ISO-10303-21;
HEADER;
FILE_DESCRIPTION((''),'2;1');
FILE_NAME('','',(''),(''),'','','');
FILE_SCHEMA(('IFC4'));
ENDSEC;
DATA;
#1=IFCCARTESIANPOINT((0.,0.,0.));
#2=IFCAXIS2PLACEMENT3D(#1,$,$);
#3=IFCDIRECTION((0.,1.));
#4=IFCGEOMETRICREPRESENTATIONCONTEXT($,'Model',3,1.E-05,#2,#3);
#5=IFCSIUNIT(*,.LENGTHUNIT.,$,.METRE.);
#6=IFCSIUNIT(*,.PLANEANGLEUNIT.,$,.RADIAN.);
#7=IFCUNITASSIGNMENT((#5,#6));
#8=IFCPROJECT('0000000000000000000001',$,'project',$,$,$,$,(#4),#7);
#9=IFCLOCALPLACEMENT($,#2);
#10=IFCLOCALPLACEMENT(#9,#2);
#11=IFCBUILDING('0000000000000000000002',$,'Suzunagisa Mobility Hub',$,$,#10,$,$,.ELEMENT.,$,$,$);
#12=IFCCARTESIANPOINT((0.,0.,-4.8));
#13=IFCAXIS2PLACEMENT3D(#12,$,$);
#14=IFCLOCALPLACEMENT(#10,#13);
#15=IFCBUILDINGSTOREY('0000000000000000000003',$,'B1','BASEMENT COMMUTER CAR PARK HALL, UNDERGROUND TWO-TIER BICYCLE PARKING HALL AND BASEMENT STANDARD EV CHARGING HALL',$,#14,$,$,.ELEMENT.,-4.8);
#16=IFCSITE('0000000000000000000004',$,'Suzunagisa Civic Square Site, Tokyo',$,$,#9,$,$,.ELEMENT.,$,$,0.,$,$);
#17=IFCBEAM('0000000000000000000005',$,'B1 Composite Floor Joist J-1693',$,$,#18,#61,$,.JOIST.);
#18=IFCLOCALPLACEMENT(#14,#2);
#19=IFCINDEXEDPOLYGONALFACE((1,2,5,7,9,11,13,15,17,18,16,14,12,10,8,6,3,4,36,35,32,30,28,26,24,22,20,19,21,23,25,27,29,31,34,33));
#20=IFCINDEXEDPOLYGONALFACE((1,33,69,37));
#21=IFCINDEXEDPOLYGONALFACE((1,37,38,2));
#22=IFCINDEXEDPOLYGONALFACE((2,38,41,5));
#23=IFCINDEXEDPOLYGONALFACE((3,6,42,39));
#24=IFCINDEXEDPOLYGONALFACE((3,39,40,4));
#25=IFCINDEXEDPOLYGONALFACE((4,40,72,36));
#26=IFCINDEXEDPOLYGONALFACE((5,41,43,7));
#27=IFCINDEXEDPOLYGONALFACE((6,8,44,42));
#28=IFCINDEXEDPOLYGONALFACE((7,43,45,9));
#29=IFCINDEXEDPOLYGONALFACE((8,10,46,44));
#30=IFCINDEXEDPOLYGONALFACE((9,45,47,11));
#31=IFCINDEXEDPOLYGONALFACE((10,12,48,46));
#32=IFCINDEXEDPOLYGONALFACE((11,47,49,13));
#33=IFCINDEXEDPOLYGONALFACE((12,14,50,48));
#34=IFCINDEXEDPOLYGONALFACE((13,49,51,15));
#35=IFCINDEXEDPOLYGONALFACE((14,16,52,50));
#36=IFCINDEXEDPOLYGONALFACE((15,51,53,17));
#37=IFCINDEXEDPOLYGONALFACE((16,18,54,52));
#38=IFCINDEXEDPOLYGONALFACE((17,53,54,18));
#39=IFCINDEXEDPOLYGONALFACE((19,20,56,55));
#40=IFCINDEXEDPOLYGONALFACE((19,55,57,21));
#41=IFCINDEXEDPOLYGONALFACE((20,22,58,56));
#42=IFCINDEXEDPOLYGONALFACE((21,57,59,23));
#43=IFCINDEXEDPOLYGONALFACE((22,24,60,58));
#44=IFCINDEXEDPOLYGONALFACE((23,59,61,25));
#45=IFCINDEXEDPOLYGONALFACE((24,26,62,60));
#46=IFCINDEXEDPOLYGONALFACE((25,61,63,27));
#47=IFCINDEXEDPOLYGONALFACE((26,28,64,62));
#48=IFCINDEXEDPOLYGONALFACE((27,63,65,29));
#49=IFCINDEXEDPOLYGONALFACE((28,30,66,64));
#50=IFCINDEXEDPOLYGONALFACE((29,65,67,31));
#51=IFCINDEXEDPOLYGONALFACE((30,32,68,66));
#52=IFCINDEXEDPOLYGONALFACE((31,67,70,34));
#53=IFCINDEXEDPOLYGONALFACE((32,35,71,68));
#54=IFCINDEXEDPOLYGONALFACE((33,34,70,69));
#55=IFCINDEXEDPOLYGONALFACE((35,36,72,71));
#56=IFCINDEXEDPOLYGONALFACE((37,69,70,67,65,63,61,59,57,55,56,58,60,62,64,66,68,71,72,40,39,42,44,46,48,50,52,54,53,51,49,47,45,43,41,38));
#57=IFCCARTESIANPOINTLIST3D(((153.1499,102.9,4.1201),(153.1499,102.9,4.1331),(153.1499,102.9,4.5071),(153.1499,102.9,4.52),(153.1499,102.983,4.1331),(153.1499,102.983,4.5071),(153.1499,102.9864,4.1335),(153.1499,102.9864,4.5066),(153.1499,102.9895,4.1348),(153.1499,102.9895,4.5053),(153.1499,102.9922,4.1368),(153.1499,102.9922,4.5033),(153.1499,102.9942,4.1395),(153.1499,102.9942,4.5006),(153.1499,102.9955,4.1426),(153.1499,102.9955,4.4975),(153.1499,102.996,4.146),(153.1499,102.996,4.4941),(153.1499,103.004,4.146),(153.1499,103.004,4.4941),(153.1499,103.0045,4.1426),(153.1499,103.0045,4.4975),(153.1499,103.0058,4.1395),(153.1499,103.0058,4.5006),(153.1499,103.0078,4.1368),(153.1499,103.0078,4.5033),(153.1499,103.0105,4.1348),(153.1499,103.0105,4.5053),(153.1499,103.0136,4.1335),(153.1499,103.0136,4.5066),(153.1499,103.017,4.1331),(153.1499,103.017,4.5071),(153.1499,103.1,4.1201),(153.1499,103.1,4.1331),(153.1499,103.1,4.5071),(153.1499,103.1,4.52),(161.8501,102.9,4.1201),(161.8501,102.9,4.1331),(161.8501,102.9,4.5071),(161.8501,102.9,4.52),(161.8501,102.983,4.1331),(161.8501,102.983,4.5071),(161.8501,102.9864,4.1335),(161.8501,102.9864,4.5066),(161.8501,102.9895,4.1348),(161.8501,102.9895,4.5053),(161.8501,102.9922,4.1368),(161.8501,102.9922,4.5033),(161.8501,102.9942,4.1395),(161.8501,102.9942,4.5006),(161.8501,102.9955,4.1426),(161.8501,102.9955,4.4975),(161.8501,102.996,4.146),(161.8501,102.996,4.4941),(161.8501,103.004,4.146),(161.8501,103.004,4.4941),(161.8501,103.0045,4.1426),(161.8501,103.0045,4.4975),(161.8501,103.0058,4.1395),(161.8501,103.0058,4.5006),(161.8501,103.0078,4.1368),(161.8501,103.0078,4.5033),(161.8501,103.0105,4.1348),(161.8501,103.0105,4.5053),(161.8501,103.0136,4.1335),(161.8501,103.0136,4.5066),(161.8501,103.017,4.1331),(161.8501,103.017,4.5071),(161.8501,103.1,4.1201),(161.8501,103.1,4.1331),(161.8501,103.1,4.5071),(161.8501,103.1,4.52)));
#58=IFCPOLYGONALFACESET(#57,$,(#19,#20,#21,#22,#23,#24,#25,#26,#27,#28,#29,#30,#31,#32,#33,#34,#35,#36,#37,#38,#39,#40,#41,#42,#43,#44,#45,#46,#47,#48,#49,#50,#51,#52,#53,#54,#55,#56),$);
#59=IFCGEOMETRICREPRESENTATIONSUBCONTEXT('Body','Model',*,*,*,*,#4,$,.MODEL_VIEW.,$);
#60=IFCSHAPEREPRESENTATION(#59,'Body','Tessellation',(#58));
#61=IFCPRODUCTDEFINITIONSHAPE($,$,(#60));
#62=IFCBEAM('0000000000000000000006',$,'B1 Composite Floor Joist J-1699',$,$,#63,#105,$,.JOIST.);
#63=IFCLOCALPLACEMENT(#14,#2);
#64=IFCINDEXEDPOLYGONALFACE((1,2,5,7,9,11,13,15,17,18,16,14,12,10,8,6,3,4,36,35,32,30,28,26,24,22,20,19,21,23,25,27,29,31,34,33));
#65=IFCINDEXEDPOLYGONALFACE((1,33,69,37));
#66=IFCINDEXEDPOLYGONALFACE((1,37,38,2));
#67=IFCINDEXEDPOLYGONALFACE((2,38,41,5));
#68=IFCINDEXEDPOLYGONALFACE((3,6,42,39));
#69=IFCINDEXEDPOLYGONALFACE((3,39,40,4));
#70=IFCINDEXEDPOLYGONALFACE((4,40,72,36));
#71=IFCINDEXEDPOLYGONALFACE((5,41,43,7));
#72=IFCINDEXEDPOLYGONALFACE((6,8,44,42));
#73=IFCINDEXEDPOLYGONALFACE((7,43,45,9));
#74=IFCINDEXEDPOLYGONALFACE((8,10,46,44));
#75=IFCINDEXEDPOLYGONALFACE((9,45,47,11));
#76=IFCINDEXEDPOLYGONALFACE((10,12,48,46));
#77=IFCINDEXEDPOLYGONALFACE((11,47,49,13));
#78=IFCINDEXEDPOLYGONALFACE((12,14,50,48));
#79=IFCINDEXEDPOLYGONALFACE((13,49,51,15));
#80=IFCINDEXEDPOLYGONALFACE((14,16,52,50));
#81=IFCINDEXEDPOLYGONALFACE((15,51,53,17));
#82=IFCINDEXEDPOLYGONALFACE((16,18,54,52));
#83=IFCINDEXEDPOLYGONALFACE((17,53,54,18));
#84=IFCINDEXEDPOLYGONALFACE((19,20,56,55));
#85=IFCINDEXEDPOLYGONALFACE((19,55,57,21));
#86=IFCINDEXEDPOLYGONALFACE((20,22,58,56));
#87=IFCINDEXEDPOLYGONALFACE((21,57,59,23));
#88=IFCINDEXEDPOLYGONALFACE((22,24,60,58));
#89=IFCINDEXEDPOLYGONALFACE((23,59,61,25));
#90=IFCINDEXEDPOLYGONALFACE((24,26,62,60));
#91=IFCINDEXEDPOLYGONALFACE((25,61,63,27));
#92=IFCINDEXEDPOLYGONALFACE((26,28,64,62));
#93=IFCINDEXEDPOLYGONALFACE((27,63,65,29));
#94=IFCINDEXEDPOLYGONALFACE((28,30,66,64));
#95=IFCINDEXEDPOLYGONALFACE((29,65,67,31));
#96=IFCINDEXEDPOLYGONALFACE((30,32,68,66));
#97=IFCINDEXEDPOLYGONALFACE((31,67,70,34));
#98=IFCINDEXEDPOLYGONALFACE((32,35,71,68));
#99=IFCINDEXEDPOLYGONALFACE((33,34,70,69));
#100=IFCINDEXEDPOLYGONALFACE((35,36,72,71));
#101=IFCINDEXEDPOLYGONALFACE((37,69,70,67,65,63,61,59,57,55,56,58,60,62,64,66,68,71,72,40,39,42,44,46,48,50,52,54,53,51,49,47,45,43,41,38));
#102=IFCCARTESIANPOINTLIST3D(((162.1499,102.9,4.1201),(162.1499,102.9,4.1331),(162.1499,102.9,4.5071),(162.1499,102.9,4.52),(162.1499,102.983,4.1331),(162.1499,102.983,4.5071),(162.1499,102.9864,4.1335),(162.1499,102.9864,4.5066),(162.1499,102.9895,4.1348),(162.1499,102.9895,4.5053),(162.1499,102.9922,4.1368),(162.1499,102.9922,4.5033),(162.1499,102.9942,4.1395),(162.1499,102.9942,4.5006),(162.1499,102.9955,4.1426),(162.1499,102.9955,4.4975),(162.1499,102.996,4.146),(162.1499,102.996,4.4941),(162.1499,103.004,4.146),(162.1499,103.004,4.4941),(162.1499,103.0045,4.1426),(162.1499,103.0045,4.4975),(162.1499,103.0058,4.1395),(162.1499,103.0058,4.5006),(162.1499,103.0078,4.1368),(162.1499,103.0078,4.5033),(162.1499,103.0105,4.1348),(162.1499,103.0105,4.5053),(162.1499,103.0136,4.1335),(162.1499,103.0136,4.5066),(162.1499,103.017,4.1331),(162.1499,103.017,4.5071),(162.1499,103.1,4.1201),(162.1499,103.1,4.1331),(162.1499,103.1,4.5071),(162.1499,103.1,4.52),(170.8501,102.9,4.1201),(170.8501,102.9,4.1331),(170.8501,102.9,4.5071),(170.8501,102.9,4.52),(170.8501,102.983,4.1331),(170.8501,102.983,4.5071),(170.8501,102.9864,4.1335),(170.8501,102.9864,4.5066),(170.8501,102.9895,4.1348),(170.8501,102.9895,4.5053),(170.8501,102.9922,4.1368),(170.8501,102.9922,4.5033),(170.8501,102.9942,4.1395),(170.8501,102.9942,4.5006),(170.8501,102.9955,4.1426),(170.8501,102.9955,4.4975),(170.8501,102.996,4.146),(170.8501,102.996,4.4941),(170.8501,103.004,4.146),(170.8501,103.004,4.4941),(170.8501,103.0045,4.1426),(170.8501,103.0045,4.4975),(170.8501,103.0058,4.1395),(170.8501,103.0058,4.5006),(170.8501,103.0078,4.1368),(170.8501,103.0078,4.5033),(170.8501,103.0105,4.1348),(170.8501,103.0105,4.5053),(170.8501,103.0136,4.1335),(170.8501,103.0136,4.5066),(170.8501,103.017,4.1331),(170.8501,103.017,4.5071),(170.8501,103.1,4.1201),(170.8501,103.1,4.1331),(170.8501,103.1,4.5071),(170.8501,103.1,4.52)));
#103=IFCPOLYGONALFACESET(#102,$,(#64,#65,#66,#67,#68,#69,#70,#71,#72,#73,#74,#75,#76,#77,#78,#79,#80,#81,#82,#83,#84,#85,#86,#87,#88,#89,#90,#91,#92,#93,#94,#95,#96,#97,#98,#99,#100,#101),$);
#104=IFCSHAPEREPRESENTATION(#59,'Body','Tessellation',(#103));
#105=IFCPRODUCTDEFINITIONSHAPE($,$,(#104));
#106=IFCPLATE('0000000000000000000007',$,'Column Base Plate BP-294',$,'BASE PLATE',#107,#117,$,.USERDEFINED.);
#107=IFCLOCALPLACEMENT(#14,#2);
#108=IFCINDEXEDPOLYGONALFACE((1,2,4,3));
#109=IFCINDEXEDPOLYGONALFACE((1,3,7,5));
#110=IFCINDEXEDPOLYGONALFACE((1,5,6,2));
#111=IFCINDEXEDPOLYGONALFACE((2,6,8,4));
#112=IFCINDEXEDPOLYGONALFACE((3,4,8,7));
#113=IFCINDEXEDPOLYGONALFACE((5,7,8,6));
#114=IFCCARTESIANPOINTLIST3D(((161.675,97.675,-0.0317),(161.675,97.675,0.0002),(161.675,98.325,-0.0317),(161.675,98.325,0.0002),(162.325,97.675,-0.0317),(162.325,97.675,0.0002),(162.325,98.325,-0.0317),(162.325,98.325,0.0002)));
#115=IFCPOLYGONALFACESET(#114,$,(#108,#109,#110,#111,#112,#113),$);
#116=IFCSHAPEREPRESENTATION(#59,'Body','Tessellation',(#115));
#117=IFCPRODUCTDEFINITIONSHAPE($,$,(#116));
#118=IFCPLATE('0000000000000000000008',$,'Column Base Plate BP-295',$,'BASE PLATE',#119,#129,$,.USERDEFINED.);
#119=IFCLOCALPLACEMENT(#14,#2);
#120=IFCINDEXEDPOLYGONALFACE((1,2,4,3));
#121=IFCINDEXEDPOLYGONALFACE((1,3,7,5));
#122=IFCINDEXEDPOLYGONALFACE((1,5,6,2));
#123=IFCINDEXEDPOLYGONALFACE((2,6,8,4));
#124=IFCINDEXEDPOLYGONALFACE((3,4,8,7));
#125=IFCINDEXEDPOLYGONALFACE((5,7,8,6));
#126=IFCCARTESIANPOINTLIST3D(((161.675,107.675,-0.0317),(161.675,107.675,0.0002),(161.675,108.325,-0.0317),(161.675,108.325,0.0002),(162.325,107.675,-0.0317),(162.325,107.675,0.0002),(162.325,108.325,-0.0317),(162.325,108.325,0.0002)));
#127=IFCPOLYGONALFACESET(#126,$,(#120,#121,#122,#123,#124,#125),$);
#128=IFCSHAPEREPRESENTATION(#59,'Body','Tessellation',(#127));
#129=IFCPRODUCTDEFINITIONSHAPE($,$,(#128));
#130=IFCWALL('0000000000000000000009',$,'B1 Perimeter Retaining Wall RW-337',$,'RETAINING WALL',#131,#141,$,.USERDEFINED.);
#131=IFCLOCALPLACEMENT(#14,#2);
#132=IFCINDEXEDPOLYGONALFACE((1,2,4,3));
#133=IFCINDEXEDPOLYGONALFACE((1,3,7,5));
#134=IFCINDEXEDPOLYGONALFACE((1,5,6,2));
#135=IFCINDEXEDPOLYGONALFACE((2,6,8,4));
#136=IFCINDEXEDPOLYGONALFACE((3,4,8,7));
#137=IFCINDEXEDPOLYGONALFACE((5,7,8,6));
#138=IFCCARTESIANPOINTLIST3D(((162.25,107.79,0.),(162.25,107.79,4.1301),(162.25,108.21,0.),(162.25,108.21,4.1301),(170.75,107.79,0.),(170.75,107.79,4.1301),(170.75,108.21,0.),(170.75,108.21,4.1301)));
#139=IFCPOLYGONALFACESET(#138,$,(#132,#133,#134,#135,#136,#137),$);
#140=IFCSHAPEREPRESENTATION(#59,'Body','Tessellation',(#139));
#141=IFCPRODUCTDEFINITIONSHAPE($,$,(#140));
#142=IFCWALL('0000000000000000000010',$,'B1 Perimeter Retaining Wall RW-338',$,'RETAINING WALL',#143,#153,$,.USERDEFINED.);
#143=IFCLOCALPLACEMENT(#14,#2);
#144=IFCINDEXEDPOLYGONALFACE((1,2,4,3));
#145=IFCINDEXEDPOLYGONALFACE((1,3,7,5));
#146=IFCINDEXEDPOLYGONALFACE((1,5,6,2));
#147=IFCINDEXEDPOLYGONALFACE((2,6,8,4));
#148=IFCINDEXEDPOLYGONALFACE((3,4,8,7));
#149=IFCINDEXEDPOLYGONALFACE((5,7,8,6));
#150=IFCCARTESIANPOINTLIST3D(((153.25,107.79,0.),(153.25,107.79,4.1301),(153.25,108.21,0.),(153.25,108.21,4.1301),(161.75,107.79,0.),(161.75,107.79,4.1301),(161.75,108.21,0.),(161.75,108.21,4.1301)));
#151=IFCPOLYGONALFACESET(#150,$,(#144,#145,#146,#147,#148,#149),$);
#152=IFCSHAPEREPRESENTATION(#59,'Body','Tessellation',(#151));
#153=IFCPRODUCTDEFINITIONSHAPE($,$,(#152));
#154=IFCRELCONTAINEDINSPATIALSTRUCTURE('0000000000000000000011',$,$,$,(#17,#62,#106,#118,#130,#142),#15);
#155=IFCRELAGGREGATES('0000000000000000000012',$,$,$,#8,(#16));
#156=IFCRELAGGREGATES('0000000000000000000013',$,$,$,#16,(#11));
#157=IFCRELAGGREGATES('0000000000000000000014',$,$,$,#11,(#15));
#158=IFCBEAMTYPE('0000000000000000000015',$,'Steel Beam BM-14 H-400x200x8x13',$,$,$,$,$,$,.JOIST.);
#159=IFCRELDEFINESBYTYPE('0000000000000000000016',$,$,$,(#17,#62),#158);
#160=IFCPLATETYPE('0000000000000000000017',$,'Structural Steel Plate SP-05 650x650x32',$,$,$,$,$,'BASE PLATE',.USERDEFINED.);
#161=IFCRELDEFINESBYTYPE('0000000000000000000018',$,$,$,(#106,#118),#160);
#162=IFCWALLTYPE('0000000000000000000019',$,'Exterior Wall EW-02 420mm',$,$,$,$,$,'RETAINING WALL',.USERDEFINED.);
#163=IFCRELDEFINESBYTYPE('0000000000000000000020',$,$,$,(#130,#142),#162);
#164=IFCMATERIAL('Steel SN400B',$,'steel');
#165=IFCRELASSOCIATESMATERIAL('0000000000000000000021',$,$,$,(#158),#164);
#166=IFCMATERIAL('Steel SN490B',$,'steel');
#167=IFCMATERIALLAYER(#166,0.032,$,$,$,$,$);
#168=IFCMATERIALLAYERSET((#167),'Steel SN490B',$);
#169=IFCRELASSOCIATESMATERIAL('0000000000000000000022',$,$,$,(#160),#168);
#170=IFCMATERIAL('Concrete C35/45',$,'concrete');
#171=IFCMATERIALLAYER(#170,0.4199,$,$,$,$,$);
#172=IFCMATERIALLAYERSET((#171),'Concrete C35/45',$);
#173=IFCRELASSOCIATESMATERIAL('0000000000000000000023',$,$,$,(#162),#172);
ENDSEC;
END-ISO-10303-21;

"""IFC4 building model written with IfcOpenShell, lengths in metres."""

from ifc_helpers import new_model, si_unit, direction, frame, frame_2d, origin, origin_2d, place, context, subcontext, project, spatial, rectangle, i_section, extrude, material, layer, layer_set, material_profile, profile_set, type_object, element, save


model = new_model("IFC4")

# Units and contexts
model_context = context("Model", 3, precision=1e-05, world=origin(), true_north=direction((0.0, 1.0)))
body_context = subcontext(model_context, "Body", "Model", "MODEL_VIEW")
ifc_project = project(units=[si_unit("LENGTHUNIT", "METRE"), si_unit("PLANEANGLEUNIT", "RADIAN")], contexts=[model_context])

# Site, building, storey
site_placement = place(None, origin())
site = spatial("IfcSite", under=ifc_project, at=site_placement, Name="Suzunagisa Civic Square Site, Tokyo", CompositionType="ELEMENT", RefElevation=0.0)
building_placement = place(site_placement, origin())
building = spatial("IfcBuilding", under=site, at=building_placement, Name="Suzunagisa Mobility Hub", CompositionType="ELEMENT")
storey_placement = place(building_placement, frame((0.0, 0.0, -4.8)))
storey = spatial("IfcBuildingStorey", under=building, at=storey_placement, Name="B1", Description="BASEMENT COMMUTER CAR PARK HALL, UNDERGROUND TWO-TIER BICYCLE PARKING HALL AND BASEMENT STANDARD EV CHARGING HALL", CompositionType="ELEMENT", Elevation=-4.8)

# Shared definitions
ifc_material_1 = material(Name="Concrete C35/45", Category="concrete")

# Shared definitions
ifc_material_2 = material(Name="Steel SN490B", Category="steel")

# Beams
ifc_material_3 = material(Name="Steel SN400B", Category="steel")
ifc_material_profile_1 = material_profile(ifc_material_3, i_section(OverallWidth=0.2, OverallDepth=0.3999, WebThickness=0.0081, FlangeThickness=0.0129, FilletRadius=0.0129, at=origin_2d()), Name="H-400x200x8x13")
ifc_profile_set_1 = profile_set([ifc_material_profile_1], Name="Steel SN400B")
beam_type_1 = type_object("IfcBeamType", Name="Steel Beam BM-14 H-400x200x8x13", PredefinedType="JOIST", material=ifc_profile_set_1)
for number, where, z_axis, x_axis, name in (
    (1, (153.1499, 103.0, 4.3201), (1.0, 0.0, 0.0), (0.0, 1.0, 0.0), "B1 Composite Floor Joist J-1693"),
    (2, (162.1499, 103.0, 4.3201), (1.0, 0.0, 0.0), (0.0, 1.0, 0.0), "B1 Composite Floor Joist J-1699"),
):
    element("IfcBeam", number, at=place(storey_placement, frame(where, z_axis=z_axis, x_axis=x_axis)), inside=storey, type_object=beam_type_1, Name=name, PredefinedType="JOIST", context=body_context, shape_type="SweptSolid", body=[
        extrude(i_section(OverallWidth=0.2, OverallDepth=0.3999, WebThickness=0.0081, FlangeThickness=0.0129, FilletRadius=0.0129, at=origin_2d()), origin(), (0.0, 0.0, 1.0), 8.7002),
    ])

# Plates
ifc_layer_1 = layer(ifc_material_2, 0.032)
ifc_layer_set_1 = layer_set([ifc_layer_1], Name="Steel SN490B")
plate_type = type_object("IfcPlateType", Name="Structural Steel Plate SP-05 650x650x32", ElementType="BASE PLATE", PredefinedType="USERDEFINED", material=ifc_layer_set_1)
for number, where, z_axis, x_axis, name in (
    (3, (162.0, 98.0, -0.0317), (0.0, 0.0, 1.0), (1.0, 0.0, 0.0), "Column Base Plate BP-294"),
    (4, (162.0, 108.0, -0.0317), (0.0, 0.0, 1.0), (1.0, 0.0, 0.0), "Column Base Plate BP-295"),
):
    element("IfcPlate", number, at=place(storey_placement, frame(where, z_axis=z_axis, x_axis=x_axis)), inside=storey, type_object=plate_type, Name=name, ObjectType="BASE PLATE", PredefinedType="USERDEFINED", context=body_context, shape_type="SweptSolid", body=[
        extrude(rectangle(XDim=0.6499, YDim=0.6499, at=origin_2d()), origin(), (0.0, 0.0, 1.0), 0.032),
    ])

# Walls
ifc_layer_2 = layer(ifc_material_1, 0.4199)
ifc_layer_set_2 = layer_set([ifc_layer_2], Name="Concrete C35/45")
wall_type = type_object("IfcWallType", Name="Exterior Wall EW-02 420mm", ElementType="RETAINING WALL", PredefinedType="USERDEFINED", material=ifc_layer_set_2)
for number, where, z_axis, x_axis, name in (
    (5, (170.75, 108.0, 0.0), (0.0, 0.0, 1.0), (-1.0, 0.0, 0.0), "B1 Perimeter Retaining Wall RW-337"),
    (6, (161.75, 108.0, 0.0), (0.0, 0.0, 1.0), (-1.0, 0.0, 0.0), "B1 Perimeter Retaining Wall RW-338"),
):
    element("IfcWall", number, at=place(storey_placement, frame(where, z_axis=z_axis, x_axis=x_axis)), inside=storey, type_object=wall_type, Name=name, ObjectType="RETAINING WALL", PredefinedType="USERDEFINED", context=body_context, shape_type="SweptSolid", body=[
        extrude(rectangle(XDim=8.5, YDim=0.4199, at=frame_2d((4.25, 0.0))), origin(), (0.0, 0.0, 1.0), 4.1301),
    ])

save(model, "model.ifc")
